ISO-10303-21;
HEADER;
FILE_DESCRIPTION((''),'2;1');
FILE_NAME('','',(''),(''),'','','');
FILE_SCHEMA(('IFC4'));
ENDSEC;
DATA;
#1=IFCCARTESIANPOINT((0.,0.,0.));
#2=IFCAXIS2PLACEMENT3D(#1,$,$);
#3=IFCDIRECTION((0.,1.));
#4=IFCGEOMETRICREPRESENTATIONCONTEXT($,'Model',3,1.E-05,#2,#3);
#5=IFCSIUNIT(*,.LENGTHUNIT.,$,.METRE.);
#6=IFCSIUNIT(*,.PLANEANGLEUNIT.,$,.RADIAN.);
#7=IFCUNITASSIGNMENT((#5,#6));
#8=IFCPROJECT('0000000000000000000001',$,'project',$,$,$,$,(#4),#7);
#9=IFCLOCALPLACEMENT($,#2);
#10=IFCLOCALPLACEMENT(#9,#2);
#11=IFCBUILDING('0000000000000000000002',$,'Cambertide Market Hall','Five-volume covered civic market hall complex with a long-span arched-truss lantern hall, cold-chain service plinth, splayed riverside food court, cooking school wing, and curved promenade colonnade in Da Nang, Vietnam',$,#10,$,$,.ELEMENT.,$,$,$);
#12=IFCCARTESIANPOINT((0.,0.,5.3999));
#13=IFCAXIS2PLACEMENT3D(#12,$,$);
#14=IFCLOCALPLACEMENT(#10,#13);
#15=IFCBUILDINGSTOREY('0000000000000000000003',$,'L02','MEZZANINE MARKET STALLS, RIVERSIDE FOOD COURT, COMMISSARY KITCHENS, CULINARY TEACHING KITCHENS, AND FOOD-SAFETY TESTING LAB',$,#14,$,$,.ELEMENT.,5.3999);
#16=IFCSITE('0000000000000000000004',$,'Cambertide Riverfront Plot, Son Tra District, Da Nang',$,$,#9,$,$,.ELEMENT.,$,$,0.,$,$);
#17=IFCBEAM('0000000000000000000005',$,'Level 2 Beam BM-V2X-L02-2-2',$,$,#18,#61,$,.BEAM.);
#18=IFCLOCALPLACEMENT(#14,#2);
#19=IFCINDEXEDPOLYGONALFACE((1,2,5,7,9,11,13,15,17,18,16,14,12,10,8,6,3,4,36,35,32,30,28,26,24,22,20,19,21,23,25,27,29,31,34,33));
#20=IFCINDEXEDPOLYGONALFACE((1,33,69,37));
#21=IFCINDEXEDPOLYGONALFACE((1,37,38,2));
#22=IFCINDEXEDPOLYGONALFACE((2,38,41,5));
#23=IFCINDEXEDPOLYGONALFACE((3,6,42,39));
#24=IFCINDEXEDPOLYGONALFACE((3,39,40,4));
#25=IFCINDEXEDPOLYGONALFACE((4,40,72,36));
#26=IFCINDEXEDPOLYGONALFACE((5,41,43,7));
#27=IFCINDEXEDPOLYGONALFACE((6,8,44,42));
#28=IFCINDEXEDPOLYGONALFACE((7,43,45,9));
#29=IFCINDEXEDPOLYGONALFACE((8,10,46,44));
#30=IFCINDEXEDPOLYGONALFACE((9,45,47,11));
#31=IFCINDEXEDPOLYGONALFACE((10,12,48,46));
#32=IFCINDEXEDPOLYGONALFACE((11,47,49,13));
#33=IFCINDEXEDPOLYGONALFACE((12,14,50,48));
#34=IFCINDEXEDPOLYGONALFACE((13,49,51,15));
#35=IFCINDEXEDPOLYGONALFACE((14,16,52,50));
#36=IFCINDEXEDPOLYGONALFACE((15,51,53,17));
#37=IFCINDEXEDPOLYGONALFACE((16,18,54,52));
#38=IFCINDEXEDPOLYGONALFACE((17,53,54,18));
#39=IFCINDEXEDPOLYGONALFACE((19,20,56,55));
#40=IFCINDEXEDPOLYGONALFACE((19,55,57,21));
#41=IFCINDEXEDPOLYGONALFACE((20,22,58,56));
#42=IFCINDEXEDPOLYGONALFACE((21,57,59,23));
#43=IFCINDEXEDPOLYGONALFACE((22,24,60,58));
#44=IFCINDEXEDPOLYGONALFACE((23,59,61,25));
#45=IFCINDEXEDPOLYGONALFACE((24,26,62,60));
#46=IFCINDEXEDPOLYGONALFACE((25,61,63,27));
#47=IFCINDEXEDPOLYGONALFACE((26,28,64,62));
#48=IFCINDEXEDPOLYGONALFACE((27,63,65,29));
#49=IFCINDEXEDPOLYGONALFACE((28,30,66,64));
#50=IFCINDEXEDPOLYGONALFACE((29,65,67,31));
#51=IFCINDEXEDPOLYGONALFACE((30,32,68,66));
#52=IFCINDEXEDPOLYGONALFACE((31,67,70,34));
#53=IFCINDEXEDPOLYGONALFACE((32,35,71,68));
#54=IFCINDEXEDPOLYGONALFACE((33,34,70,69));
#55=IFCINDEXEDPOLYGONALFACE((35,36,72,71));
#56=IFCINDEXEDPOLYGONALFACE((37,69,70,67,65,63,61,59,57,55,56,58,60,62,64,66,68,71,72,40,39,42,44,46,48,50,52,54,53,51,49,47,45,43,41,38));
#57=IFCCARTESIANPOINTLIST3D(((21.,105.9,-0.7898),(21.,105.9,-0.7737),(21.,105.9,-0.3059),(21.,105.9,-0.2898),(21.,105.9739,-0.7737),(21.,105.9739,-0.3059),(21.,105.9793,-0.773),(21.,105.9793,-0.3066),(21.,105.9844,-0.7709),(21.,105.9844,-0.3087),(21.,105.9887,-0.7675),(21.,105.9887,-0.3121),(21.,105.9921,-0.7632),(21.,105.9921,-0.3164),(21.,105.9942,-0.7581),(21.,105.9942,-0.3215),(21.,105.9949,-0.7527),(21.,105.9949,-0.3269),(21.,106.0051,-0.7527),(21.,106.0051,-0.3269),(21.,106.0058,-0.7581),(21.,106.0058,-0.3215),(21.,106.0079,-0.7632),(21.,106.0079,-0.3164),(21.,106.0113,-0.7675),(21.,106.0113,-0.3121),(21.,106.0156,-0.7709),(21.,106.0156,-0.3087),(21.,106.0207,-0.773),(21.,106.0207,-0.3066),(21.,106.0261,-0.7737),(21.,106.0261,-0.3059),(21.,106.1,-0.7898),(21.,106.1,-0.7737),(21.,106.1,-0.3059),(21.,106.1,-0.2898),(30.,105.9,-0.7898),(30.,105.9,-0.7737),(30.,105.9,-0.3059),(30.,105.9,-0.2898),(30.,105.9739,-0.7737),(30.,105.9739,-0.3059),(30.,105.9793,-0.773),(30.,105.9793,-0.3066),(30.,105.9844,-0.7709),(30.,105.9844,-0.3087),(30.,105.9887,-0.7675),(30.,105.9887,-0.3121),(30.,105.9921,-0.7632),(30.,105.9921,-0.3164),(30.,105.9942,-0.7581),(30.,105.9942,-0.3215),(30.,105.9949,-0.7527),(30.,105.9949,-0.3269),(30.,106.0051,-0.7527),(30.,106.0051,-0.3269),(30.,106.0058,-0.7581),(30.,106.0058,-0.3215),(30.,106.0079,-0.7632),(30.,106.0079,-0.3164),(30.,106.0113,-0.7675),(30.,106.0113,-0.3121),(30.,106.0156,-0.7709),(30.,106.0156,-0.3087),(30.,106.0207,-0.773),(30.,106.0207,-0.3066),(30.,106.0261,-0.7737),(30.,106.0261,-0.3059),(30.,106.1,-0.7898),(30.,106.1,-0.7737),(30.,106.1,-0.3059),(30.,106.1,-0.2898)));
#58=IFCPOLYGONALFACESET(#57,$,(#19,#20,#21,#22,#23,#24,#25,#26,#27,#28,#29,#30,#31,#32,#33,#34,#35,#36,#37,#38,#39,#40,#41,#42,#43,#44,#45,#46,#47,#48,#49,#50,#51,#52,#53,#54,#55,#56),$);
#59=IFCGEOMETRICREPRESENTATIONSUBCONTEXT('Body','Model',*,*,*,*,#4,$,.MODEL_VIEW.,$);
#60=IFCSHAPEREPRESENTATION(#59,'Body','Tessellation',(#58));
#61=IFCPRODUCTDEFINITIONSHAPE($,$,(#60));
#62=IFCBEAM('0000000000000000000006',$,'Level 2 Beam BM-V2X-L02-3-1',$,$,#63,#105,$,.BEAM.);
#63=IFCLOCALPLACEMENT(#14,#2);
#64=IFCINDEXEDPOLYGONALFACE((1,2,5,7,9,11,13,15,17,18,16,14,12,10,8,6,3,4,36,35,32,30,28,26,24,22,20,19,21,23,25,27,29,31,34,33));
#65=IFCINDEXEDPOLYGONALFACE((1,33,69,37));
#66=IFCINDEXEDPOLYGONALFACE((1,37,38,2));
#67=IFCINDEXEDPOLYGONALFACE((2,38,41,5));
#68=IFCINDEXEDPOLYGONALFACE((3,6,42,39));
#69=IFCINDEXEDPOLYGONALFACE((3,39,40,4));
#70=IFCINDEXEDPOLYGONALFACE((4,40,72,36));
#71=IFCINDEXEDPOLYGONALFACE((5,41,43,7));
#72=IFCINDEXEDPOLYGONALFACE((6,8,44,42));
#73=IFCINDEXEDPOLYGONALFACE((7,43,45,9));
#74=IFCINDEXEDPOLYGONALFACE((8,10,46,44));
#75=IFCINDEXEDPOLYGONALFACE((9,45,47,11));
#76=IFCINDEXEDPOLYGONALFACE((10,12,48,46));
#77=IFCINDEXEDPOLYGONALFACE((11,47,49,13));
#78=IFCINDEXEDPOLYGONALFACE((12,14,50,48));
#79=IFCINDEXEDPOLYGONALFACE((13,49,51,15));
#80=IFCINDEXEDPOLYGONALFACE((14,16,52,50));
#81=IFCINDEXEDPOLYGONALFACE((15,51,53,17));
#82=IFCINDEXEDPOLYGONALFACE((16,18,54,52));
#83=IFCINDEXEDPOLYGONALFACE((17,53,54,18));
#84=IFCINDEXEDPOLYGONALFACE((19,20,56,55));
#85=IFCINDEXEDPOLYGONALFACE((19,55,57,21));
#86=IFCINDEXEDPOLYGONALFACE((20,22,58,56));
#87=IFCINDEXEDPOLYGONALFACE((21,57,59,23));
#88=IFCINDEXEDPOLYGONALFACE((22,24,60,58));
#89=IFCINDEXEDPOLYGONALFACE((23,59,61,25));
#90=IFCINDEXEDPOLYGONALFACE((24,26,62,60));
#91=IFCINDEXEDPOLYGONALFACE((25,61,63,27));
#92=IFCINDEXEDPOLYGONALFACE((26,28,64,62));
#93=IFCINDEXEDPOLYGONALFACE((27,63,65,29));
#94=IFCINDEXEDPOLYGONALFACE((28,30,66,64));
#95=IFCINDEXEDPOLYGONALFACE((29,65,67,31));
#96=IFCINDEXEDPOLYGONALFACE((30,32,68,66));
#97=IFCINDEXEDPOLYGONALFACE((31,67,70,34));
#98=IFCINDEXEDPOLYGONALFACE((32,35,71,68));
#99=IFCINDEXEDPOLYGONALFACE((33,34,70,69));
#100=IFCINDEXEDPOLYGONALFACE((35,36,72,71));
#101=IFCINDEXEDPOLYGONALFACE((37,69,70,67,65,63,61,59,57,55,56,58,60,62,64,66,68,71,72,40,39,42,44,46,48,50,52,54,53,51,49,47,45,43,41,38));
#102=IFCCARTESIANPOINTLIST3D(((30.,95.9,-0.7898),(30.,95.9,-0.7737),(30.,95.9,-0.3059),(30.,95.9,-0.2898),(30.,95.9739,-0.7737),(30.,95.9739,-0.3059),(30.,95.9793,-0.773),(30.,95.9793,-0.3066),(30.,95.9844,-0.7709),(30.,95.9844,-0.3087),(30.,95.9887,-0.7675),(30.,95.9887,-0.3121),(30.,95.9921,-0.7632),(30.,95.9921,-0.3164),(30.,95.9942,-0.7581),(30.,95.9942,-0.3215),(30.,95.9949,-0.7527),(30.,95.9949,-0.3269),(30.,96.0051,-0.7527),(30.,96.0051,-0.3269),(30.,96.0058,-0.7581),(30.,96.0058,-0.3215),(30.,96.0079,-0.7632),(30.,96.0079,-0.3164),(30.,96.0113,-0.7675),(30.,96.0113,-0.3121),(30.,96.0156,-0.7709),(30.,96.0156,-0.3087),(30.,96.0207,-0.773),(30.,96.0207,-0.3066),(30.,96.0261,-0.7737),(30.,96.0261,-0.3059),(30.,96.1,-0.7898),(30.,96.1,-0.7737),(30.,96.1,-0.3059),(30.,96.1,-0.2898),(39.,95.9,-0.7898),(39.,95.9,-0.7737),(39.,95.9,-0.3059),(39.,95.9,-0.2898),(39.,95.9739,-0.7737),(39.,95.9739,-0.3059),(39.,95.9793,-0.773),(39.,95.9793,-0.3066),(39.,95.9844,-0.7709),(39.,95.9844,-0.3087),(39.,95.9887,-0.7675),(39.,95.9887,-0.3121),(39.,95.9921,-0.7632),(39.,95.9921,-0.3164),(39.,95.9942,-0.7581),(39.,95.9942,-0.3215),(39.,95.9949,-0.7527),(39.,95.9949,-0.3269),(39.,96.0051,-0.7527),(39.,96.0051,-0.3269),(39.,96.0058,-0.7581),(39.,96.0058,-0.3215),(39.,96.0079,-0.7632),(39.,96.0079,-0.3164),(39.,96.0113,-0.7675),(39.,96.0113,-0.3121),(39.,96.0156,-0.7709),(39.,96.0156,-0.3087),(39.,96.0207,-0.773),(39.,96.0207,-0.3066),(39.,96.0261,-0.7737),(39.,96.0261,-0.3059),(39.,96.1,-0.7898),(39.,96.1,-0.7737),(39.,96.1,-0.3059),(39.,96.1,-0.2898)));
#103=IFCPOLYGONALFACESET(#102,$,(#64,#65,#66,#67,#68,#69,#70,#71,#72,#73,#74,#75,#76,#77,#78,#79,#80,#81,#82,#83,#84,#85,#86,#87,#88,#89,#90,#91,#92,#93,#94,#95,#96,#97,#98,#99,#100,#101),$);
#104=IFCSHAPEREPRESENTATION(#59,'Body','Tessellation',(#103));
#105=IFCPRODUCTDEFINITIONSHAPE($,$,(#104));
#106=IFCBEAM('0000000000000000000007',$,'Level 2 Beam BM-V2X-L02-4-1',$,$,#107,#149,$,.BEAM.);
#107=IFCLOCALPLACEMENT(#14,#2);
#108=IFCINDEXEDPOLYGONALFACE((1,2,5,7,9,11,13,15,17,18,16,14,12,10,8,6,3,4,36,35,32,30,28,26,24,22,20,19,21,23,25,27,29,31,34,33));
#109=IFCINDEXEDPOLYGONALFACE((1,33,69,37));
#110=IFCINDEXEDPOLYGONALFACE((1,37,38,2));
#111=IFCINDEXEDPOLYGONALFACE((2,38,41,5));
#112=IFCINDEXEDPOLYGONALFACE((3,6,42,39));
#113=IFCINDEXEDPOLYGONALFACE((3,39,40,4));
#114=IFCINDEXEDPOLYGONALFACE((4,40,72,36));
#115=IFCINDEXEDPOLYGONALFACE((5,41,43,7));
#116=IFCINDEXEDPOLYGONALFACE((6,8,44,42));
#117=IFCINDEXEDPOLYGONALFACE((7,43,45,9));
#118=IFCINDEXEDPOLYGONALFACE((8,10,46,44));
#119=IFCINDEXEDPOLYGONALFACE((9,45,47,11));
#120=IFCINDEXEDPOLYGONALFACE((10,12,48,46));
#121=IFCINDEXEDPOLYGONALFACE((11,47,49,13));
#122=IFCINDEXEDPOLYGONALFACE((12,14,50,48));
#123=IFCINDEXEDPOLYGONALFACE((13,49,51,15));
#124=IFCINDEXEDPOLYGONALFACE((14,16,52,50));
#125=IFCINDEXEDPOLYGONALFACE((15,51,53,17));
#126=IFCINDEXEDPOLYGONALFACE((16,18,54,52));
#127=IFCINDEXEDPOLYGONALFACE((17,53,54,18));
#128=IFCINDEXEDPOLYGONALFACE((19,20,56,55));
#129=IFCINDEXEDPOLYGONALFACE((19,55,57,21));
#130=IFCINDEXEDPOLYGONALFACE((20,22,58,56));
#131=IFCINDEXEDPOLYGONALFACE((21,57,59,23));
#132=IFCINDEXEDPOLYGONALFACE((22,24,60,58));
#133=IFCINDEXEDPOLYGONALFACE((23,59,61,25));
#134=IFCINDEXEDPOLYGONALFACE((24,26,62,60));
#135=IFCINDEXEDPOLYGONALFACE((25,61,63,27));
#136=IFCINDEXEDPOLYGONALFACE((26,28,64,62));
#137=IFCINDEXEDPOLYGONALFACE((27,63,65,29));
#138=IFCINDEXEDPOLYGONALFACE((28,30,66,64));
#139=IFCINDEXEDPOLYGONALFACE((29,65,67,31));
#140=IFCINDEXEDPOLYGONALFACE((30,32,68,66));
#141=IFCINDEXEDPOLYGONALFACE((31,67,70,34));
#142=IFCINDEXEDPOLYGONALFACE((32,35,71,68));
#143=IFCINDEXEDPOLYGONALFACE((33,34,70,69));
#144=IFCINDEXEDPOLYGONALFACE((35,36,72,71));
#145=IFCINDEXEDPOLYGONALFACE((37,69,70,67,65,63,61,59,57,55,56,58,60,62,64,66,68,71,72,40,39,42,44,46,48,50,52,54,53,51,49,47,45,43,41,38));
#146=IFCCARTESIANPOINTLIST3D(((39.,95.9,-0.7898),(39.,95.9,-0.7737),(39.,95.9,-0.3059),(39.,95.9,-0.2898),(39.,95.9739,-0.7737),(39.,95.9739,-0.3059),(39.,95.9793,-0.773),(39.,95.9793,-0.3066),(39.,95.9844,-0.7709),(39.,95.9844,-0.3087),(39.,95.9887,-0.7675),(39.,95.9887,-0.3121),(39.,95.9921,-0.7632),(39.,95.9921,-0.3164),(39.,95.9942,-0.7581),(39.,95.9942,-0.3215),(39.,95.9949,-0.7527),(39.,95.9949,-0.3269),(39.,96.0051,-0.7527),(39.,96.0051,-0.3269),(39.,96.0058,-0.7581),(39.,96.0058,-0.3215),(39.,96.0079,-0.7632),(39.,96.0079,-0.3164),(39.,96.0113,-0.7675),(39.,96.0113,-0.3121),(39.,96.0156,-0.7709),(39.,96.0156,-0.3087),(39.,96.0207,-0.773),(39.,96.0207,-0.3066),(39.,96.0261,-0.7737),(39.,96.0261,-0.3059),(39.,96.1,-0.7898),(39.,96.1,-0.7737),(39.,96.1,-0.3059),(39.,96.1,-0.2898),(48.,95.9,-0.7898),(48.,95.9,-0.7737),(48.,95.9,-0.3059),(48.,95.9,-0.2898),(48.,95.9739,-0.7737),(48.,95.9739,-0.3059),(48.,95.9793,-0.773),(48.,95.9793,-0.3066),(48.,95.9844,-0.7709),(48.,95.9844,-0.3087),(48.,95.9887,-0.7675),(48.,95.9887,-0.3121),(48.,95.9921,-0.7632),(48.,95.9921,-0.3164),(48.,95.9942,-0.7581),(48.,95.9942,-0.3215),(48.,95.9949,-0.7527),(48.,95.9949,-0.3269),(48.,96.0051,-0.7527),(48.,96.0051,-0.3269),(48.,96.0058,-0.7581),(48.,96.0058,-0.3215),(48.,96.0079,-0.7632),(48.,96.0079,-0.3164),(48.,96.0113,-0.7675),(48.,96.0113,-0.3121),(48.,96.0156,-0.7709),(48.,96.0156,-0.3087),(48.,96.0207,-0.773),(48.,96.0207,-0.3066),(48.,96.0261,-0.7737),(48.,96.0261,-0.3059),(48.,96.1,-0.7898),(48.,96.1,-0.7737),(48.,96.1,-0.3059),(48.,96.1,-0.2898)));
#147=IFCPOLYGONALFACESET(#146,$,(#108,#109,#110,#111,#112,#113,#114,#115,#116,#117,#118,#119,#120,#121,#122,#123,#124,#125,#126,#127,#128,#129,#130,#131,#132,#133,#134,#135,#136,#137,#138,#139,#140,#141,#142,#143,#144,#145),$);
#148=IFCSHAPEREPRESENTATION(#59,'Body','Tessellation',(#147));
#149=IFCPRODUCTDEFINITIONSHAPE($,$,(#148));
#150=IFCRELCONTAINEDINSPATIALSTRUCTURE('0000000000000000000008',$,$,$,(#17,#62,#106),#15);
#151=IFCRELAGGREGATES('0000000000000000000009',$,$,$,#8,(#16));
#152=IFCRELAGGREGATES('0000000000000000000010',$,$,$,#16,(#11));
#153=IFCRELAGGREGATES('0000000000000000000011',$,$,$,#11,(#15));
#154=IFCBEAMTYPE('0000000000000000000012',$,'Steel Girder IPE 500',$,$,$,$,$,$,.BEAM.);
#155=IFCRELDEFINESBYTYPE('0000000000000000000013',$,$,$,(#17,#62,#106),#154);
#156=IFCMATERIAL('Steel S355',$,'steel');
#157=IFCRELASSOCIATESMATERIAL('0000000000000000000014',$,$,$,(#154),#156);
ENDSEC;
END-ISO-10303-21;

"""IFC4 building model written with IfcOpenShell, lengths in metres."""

from ifc_helpers import new_model, si_unit, direction, frame, origin, origin_2d, place, context, subcontext, project, spatial, i_section, extrude, material, material_profile, profile_set, type_object, element, save


model = new_model("IFC4")

# Units and contexts
model_context = context("Model", 3, precision=1e-05, world=origin(), true_north=direction((0.0, 1.0)))
body_context = subcontext(model_context, "Body", "Model", "MODEL_VIEW")
ifc_project = project(units=[si_unit("LENGTHUNIT", "METRE"), si_unit("PLANEANGLEUNIT", "RADIAN")], contexts=[model_context])

# Site, building, storey
site_placement = place(None, origin())
site = spatial("IfcSite", under=ifc_project, at=site_placement, Name="Cambertide Riverfront Plot, Son Tra District, Da Nang", CompositionType="ELEMENT", RefElevation=0.0)
building_placement = place(site_placement, origin())
building = spatial("IfcBuilding", under=site, at=building_placement, Name="Cambertide Market Hall", Description="Five-volume covered civic market hall complex with a long-span arched-truss lantern hall, cold-chain service plinth, splayed riverside food court, cooking school wing, and curved promenade colonnade in Da Nang, Vietnam", CompositionType="ELEMENT")
storey_placement = place(building_placement, frame((0.0, 0.0, 5.3999)))
storey = spatial("IfcBuildingStorey", under=building, at=storey_placement, Name="L02", Description="MEZZANINE MARKET STALLS, RIVERSIDE FOOD COURT, COMMISSARY KITCHENS, CULINARY TEACHING KITCHENS, AND FOOD-SAFETY TESTING LAB", CompositionType="ELEMENT", Elevation=5.3999)

# Beams
ifc_material_1 = material(Name="Steel S355", Category="steel")
ifc_material_profile_1 = material_profile(ifc_material_1, i_section(OverallWidth=0.2, OverallDepth=0.5, WebThickness=0.0103, FlangeThickness=0.0161, FilletRadius=0.021, at=origin_2d()), Name="IPE 500")
ifc_profile_set_1 = profile_set([ifc_material_profile_1], Name="Steel S355")
beam_type_1 = type_object("IfcBeamType", Name="Steel Girder IPE 500", PredefinedType="BEAM", material=ifc_profile_set_1)
for number, where, z_axis, x_axis, name in (
    (1, (21.0, 106.0, -0.5398), (1.0, 0.0, 0.0), (0.0, 1.0, 0.0), "Level 2 Beam BM-V2X-L02-2-2"),
    (2, (30.0, 96.0, -0.5398), (1.0, 0.0, 0.0), (0.0, 1.0, 0.0), "Level 2 Beam BM-V2X-L02-3-1"),
    (3, (39.0, 96.0, -0.5398), (1.0, 0.0, 0.0), (0.0, 1.0, 0.0), "Level 2 Beam BM-V2X-L02-4-1"),
):
    element("IfcBeam", number, at=place(storey_placement, frame(where, z_axis=z_axis, x_axis=x_axis)), inside=storey, type_object=beam_type_1, Name=name, PredefinedType="BEAM", context=body_context, shape_type="SweptSolid", body=[
        extrude(i_section(OverallWidth=0.2, OverallDepth=0.5, WebThickness=0.0103, FlangeThickness=0.0161, FilletRadius=0.021, at=origin_2d()), origin(), (0.0, 0.0, 1.0), 9.0),
    ])

save(model, "model.ifc")
